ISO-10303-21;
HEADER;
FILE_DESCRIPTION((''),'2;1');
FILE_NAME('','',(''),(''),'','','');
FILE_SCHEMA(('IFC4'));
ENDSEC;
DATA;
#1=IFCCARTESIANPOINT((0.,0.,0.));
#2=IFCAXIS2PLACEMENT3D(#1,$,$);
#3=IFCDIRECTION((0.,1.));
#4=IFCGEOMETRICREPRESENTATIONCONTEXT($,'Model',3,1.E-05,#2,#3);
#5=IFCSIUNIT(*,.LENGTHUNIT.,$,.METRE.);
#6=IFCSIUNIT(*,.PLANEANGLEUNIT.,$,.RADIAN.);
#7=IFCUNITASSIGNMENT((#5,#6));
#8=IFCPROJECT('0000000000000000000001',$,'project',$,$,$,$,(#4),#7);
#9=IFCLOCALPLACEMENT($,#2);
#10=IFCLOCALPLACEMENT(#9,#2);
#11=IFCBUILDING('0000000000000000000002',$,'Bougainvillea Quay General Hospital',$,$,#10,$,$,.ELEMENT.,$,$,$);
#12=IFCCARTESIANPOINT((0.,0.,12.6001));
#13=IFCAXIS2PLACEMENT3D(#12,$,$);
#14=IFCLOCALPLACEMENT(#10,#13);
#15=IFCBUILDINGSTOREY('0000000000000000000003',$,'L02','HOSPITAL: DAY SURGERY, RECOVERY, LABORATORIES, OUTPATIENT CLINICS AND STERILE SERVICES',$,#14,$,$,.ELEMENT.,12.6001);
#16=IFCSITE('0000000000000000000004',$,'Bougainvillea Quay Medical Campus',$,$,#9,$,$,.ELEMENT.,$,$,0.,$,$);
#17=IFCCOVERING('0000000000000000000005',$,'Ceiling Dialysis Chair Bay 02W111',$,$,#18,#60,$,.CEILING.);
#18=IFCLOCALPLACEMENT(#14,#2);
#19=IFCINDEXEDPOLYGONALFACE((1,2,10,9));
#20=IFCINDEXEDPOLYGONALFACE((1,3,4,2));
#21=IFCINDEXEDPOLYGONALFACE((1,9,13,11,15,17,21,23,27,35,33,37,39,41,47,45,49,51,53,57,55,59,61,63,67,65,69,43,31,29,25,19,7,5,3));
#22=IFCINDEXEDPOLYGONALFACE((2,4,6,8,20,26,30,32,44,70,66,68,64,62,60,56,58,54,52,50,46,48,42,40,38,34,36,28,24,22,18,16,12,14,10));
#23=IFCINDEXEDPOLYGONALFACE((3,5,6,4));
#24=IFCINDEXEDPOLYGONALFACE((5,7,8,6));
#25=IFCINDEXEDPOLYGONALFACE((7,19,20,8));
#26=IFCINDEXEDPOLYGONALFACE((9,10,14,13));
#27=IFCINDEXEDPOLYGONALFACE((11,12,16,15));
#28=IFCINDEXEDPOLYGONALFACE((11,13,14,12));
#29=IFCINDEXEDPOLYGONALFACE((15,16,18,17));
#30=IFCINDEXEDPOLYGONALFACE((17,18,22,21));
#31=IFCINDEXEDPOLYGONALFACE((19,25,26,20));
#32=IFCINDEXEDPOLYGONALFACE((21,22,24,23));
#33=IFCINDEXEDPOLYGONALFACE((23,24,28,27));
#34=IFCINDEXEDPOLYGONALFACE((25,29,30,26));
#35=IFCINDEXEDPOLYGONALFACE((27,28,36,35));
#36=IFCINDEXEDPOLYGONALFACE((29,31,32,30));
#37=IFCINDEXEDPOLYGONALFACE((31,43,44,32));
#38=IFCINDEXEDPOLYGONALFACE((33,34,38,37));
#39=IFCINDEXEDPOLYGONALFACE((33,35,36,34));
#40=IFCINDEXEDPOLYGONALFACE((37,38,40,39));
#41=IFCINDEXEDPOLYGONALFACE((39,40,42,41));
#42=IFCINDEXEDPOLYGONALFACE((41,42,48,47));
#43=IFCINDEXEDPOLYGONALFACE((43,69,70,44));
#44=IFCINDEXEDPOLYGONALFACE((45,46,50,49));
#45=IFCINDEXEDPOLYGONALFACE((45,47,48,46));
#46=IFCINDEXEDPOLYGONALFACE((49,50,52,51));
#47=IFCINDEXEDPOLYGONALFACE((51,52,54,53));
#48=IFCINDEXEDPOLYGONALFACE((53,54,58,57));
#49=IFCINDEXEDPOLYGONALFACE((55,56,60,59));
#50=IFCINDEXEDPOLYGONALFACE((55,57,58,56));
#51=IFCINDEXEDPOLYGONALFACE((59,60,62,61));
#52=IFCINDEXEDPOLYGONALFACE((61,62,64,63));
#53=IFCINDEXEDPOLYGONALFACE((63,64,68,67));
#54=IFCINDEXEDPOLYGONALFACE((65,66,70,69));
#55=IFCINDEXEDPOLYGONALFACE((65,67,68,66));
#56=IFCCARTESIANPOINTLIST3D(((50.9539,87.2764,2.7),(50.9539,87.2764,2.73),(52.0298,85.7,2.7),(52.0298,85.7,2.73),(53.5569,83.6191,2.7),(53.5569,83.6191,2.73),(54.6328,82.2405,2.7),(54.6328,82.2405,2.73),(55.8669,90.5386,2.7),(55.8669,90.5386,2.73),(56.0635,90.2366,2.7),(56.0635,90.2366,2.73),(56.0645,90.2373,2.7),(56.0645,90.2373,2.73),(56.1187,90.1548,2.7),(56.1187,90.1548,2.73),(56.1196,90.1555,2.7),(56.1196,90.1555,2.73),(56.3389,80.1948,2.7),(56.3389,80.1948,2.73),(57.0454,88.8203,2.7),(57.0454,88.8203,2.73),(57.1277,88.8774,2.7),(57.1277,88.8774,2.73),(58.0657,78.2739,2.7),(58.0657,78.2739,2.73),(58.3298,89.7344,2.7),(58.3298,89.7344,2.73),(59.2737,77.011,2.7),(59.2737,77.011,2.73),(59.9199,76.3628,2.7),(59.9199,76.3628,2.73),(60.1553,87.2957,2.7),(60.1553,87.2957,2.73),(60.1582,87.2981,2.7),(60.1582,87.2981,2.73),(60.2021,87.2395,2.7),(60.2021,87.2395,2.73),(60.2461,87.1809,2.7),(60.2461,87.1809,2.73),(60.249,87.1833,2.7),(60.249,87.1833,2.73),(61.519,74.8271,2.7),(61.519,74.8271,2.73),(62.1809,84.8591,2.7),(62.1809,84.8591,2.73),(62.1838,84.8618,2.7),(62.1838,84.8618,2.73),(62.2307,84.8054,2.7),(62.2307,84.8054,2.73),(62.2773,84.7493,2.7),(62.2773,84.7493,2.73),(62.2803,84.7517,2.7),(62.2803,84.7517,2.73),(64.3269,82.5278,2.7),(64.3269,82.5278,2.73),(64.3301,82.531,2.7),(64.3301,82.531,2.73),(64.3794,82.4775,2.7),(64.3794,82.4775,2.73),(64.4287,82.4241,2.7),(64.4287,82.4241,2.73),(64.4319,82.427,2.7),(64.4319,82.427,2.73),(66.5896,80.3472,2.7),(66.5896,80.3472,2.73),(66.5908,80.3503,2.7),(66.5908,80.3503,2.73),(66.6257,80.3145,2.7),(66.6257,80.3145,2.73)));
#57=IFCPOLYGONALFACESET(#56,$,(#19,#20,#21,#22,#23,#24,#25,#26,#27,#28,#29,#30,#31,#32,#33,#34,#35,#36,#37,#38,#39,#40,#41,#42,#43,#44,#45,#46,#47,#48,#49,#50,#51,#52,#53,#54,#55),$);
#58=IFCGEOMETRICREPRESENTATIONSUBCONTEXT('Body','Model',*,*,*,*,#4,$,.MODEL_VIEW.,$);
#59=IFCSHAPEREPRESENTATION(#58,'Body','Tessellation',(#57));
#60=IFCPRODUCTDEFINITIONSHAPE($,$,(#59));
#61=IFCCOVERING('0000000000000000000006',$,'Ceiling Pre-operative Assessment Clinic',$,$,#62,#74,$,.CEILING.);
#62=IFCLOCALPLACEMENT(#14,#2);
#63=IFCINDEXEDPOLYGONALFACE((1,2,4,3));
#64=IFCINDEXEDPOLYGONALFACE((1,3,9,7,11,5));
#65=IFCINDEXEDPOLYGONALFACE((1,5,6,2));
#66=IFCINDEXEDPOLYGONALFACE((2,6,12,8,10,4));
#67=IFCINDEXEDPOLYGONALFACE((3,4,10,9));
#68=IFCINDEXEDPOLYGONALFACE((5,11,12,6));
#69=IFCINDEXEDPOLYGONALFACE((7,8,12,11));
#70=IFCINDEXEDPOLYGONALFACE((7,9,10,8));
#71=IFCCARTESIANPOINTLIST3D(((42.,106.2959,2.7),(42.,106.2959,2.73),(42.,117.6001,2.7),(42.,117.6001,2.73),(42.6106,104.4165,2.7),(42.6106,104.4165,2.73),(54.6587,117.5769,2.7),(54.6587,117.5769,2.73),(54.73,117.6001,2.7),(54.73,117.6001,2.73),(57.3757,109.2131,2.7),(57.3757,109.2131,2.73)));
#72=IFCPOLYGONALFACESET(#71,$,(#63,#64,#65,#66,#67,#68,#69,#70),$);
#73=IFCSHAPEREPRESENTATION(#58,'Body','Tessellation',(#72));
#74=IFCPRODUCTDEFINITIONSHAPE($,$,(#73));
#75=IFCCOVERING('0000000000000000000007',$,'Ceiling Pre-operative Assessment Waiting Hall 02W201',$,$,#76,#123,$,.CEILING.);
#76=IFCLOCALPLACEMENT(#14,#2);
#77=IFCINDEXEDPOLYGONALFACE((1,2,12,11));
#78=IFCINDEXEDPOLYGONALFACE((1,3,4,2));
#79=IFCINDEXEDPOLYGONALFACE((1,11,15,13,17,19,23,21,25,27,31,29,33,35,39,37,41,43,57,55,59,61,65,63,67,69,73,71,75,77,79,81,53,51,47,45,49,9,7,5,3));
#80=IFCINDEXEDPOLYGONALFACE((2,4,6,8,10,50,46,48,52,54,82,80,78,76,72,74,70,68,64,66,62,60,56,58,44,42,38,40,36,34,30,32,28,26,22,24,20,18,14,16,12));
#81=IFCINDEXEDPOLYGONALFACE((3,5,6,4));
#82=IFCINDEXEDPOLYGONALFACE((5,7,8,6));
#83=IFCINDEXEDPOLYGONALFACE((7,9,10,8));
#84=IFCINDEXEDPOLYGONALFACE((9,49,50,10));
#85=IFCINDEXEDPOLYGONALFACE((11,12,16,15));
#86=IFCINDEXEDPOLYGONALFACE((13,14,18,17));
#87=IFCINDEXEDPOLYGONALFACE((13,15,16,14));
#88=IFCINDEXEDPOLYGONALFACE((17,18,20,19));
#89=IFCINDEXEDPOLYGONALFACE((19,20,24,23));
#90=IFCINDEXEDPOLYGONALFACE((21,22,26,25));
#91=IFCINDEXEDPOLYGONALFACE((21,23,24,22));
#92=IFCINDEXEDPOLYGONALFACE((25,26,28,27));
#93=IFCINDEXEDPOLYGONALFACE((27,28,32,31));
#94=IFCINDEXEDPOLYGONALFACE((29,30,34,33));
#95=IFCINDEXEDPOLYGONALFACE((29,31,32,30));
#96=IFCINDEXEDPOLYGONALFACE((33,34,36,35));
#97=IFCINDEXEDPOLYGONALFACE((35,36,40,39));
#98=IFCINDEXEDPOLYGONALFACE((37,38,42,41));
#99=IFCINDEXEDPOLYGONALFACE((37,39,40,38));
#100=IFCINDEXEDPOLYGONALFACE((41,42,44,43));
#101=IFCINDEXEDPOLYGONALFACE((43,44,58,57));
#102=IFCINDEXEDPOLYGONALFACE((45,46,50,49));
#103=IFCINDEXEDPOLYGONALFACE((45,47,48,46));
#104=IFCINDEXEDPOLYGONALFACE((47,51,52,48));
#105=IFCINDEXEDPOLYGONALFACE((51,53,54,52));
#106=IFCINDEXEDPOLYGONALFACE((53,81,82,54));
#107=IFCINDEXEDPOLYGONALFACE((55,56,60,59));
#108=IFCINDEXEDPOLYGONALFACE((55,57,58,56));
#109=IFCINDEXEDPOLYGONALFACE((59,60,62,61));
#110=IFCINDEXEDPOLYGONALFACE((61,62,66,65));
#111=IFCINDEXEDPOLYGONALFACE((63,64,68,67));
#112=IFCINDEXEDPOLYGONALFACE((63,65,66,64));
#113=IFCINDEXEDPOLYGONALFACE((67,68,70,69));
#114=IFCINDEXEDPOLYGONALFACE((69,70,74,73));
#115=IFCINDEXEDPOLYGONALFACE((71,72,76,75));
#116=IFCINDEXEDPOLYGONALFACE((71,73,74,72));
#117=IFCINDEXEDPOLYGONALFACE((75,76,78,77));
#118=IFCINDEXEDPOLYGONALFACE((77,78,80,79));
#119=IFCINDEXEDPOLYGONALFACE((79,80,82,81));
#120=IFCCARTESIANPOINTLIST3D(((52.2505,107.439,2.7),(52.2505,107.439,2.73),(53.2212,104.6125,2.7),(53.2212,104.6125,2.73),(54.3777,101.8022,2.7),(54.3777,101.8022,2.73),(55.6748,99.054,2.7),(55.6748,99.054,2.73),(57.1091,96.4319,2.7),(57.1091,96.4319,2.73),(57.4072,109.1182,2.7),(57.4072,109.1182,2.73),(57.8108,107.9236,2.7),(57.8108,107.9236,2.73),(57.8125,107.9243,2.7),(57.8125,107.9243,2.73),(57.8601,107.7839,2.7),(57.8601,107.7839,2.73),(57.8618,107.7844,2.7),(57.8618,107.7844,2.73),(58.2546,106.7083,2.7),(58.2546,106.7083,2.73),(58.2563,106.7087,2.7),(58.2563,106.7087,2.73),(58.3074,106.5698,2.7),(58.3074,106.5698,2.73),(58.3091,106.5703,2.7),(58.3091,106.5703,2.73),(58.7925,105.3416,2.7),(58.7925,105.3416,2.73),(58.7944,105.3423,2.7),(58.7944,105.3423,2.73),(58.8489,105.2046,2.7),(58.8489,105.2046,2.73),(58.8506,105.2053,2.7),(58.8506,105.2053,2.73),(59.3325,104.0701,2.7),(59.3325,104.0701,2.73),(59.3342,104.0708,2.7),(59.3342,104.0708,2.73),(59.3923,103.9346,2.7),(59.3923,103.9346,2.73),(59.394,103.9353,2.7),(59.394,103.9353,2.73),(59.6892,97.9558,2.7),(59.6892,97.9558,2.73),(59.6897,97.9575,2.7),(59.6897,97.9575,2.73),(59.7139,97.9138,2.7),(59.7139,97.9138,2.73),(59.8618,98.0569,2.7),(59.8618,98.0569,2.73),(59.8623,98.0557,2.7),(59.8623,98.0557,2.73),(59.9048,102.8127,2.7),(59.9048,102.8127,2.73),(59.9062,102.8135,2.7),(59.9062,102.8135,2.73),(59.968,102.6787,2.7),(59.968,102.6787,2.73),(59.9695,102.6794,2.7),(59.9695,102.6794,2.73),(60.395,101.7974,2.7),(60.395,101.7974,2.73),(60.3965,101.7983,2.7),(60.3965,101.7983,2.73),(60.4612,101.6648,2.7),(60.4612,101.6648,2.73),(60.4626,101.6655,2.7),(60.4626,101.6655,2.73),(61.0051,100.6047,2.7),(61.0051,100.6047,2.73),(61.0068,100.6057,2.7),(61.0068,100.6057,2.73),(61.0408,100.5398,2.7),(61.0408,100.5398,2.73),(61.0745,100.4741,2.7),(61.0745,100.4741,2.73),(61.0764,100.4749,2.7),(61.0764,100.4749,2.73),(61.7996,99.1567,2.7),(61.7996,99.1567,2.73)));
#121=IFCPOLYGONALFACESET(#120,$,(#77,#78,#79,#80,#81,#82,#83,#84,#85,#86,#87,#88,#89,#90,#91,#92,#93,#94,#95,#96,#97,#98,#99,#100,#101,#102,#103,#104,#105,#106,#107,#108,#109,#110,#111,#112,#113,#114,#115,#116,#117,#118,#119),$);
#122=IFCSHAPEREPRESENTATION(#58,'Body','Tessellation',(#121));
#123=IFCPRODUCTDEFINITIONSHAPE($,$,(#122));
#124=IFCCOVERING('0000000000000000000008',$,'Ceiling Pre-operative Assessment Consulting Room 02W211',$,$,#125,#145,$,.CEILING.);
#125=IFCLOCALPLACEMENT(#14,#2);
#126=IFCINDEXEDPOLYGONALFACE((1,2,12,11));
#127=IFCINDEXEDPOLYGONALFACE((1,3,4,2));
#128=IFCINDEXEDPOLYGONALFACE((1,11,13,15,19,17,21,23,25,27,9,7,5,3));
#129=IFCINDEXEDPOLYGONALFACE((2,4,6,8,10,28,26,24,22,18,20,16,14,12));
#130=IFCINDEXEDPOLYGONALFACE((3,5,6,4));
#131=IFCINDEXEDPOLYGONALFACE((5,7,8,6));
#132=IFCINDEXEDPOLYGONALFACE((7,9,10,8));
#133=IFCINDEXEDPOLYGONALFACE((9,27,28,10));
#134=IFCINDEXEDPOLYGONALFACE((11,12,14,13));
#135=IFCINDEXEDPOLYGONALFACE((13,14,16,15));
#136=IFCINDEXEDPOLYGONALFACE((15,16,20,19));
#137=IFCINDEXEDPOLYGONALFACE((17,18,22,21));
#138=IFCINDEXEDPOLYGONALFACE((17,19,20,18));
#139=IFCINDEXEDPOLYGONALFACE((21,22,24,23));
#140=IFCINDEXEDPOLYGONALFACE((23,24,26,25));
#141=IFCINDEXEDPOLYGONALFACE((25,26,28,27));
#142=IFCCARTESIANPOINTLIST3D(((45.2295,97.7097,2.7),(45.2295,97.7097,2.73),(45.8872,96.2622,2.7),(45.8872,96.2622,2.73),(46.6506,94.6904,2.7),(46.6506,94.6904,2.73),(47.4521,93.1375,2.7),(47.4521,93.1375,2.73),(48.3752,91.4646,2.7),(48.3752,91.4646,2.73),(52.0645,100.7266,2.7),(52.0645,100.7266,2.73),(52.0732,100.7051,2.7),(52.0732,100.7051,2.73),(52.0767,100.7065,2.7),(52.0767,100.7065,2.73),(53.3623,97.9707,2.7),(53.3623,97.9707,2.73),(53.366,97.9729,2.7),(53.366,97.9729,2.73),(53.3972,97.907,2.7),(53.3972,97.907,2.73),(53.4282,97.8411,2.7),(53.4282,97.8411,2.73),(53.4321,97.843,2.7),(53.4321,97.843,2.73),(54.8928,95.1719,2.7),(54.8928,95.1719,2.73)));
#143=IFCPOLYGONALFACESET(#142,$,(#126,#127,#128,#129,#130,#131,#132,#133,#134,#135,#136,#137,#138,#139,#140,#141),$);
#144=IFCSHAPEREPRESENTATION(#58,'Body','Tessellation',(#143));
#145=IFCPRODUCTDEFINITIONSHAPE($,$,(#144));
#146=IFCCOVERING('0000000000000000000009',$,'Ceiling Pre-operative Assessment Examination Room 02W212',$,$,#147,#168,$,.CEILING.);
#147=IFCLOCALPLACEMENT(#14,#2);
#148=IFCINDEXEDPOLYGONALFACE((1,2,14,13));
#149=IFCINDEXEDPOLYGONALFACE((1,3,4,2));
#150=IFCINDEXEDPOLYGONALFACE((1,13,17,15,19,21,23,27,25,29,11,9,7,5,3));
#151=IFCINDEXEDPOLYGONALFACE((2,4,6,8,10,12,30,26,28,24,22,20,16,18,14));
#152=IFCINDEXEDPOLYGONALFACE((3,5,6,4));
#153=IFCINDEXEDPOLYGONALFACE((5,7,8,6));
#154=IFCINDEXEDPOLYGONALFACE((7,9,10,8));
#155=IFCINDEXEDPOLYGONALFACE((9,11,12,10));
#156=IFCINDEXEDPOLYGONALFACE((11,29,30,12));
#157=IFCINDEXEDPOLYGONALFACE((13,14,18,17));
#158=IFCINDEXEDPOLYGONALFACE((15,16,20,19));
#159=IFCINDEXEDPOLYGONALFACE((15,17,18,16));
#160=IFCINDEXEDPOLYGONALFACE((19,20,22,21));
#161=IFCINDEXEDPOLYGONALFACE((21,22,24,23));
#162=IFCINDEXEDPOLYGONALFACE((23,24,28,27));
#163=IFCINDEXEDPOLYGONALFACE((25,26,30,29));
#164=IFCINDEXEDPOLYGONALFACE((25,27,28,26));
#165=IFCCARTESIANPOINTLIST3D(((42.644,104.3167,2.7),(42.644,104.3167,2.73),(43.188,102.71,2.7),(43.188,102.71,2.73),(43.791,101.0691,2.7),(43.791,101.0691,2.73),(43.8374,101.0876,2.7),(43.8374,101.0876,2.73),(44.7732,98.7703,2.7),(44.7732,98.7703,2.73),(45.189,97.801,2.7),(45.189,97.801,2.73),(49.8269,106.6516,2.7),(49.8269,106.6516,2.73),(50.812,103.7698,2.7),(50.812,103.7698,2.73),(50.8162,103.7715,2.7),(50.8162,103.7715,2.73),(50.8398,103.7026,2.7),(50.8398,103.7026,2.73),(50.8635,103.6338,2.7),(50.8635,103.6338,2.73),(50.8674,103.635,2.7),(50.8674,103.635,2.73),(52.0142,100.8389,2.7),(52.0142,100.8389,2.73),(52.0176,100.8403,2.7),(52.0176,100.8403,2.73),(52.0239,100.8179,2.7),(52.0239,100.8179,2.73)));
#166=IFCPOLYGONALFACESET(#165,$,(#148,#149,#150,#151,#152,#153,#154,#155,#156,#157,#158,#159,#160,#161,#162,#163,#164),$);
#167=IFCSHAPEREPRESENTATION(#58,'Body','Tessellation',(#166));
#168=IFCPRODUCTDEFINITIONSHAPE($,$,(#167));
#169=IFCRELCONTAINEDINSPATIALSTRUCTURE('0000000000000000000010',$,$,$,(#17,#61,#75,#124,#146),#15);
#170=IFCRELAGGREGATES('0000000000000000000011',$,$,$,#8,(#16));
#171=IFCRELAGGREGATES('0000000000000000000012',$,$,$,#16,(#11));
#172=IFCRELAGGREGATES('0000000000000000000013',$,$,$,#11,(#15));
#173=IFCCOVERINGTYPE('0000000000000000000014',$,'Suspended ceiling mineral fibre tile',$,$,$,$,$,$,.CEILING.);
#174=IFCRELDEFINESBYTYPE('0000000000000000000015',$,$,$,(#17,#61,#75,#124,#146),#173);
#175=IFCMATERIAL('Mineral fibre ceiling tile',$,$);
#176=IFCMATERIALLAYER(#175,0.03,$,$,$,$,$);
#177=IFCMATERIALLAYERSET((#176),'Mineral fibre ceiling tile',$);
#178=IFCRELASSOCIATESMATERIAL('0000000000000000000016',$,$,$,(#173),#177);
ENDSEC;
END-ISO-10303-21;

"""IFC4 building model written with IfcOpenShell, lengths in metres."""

from ifc_helpers import new_model, si_unit, direction, frame, origin, place, context, subcontext, project, spatial, polyline, outline, extrude, material, layer, layer_set, type_object, element, save


model = new_model("IFC4")

# Units and contexts
model_context = context("Model", 3, precision=1e-05, world=origin(), true_north=direction((0.0, 1.0)))
body_context = subcontext(model_context, "Body", "Model", "MODEL_VIEW")
ifc_project = project(units=[si_unit("LENGTHUNIT", "METRE"), si_unit("PLANEANGLEUNIT", "RADIAN")], contexts=[model_context])

# Site, building, storey
site_placement = place(None, origin())
site = spatial("IfcSite", under=ifc_project, at=site_placement, Name="Bougainvillea Quay Medical Campus", CompositionType="ELEMENT", RefElevation=0.0)
building_placement = place(site_placement, origin())
building = spatial("IfcBuilding", under=site, at=building_placement, Name="Bougainvillea Quay General Hospital", CompositionType="ELEMENT")
storey_placement = place(building_placement, frame((0.0, 0.0, 12.6001)))
storey = spatial("IfcBuildingStorey", under=building, at=storey_placement, Name="L02", Description="HOSPITAL: DAY SURGERY, RECOVERY, LABORATORIES, OUTPATIENT CLINICS AND STERILE SERVICES", CompositionType="ELEMENT", Elevation=12.6001)

# Coverings
ifc_material = material(Name="Mineral fibre ceiling tile")
ifc_layer = layer(ifc_material, 0.03)
ifc_layer_set = layer_set([ifc_layer], Name="Mineral fibre ceiling tile")
covering_type = type_object("IfcCoveringType", Name="Suspended ceiling mineral fibre tile", PredefinedType="CEILING", material=ifc_layer_set)
covering_1_placement = place(storey_placement, frame((0.0, 0.0, 2.7)))
element("IfcCovering", 1, at=covering_1_placement, inside=storey, type_object=covering_type, Name="Ceiling Dialysis Chair Bay 02W111", PredefinedType="CEILING", context=body_context, shape_type="SweptSolid", body=[
    extrude(outline(polyline([(64.3269, 82.5278), (64.3301, 82.531), (62.2803, 84.7517), (62.2773, 84.7493), (62.2307, 84.8054), (62.1809, 84.8591), (62.1838, 84.8618), (60.249, 87.1833), (60.2461, 87.1809), (60.2021, 87.2395), (60.1553, 87.2957), (60.1582, 87.2981), (58.3298, 89.7344), (57.1277, 88.8774), (57.0454, 88.8203), (56.1196, 90.1555), (56.1187, 90.1548), (56.0635, 90.2366), (56.0645, 90.2373), (55.8669, 90.5386), (50.9539, 87.2764), (52.0298, 85.7), (53.5569, 83.6191), (54.6328, 82.2405), (56.3389, 80.1948), (58.0657, 78.2739), (59.2737, 77.011), (59.9199, 76.3628), (61.519, 74.8271), (66.6257, 80.3145), (66.5896, 80.3472), (66.5908, 80.3503), (64.4319, 82.427), (64.4287, 82.4241), (64.3794, 82.4775), (64.3269, 82.5278)])), origin(), (0.0, 0.0, 1.0), 0.03),
])
covering_2_placement = place(storey_placement, frame((0.0, 0.0, 2.7)))
element("IfcCovering", 2, at=covering_2_placement, inside=storey, type_object=covering_type, Name="Ceiling Pre-operative Assessment Clinic", PredefinedType="CEILING", context=body_context, shape_type="SweptSolid", body=[
    extrude(outline(polyline([(42.6106, 104.4165), (57.3757, 109.2131), (54.6587, 117.5769), (54.73, 117.6001), (42.0, 117.6001), (42.0, 106.2959), (42.6106, 104.4165)])), origin(), (0.0, 0.0, 1.0), 0.03),
])
covering_3_placement = place(storey_placement, frame((0.0, 0.0, 2.7)))
element("IfcCovering", 3, at=covering_3_placement, inside=storey, type_object=covering_type, Name="Ceiling Pre-operative Assessment Waiting Hall 02W201", PredefinedType="CEILING", context=body_context, shape_type="SweptSolid", body=[
    extrude(outline(polyline([(61.0764, 100.4749), (61.0745, 100.4741), (61.0408, 100.5398), (61.0051, 100.6047), (61.0068, 100.6057), (60.4626, 101.6655), (60.4612, 101.6648), (60.395, 101.7974), (60.3965, 101.7983), (59.9695, 102.6794), (59.968, 102.6787), (59.9048, 102.8127), (59.9062, 102.8135), (59.394, 103.9353), (59.3923, 103.9346), (59.3325, 104.0701), (59.3342, 104.0708), (58.8506, 105.2053), (58.8489, 105.2046), (58.7925, 105.3416), (58.7944, 105.3423), (58.3091, 106.5703), (58.3074, 106.5698), (58.2546, 106.7083), (58.2563, 106.7087), (57.8618, 107.7844), (57.8601, 107.7839), (57.8108, 107.9236), (57.8125, 107.9243), (57.4072, 109.1182), (52.2505, 107.439), (53.2212, 104.6125), (54.3777, 101.8022), (55.6748, 99.054), (57.1091, 96.4319), (59.7139, 97.9138), (59.6892, 97.9558), (59.6897, 97.9575), (59.8618, 98.0569), (59.8623, 98.0557), (61.7996, 99.1567), (61.0764, 100.4749)])), origin(), (0.0, 0.0, 1.0), 0.03),
])
covering_4_placement = place(storey_placement, frame((0.0, 0.0, 2.7)))
element("IfcCovering", 4, at=covering_4_placement, inside=storey, type_object=covering_type, Name="Ceiling Pre-operative Assessment Consulting Room 02W211", PredefinedType="CEILING", context=body_context, shape_type="SweptSolid", body=[
    extrude(outline(polyline([(48.3752, 91.4646), (54.8928, 95.1719), (53.4321, 97.843), (53.4282, 97.8411), (53.3972, 97.907), (53.3623, 97.9707), (53.366, 97.9729), (52.0767, 100.7065), (52.0732, 100.7051), (52.0645, 100.7266), (45.2295, 97.7097), (45.8872, 96.2622), (46.6506, 94.6904), (47.4521, 93.1375), (48.3752, 91.4646)])), origin(), (0.0, 0.0, 1.0), 0.03),
])
covering_5_placement = place(storey_placement, frame((0.0, 0.0, 2.7)))
element("IfcCovering", 5, at=covering_5_placement, inside=storey, type_object=covering_type, Name="Ceiling Pre-operative Assessment Examination Room 02W212", PredefinedType="CEILING", context=body_context, shape_type="SweptSolid", body=[
    extrude(outline(polyline([(43.791, 101.0691), (43.8374, 101.0876), (44.7732, 98.7703), (45.189, 97.801), (52.0239, 100.8179), (52.0142, 100.8389), (52.0176, 100.8403), (50.8674, 103.635), (50.8635, 103.6338), (50.8398, 103.7026), (50.812, 103.7698), (50.8162, 103.7715), (49.8269, 106.6516), (42.644, 104.3167), (43.188, 102.71), (43.791, 101.0691)])), origin(), (0.0, 0.0, 1.0), 0.03),
])

save(model, "model.ifc")
